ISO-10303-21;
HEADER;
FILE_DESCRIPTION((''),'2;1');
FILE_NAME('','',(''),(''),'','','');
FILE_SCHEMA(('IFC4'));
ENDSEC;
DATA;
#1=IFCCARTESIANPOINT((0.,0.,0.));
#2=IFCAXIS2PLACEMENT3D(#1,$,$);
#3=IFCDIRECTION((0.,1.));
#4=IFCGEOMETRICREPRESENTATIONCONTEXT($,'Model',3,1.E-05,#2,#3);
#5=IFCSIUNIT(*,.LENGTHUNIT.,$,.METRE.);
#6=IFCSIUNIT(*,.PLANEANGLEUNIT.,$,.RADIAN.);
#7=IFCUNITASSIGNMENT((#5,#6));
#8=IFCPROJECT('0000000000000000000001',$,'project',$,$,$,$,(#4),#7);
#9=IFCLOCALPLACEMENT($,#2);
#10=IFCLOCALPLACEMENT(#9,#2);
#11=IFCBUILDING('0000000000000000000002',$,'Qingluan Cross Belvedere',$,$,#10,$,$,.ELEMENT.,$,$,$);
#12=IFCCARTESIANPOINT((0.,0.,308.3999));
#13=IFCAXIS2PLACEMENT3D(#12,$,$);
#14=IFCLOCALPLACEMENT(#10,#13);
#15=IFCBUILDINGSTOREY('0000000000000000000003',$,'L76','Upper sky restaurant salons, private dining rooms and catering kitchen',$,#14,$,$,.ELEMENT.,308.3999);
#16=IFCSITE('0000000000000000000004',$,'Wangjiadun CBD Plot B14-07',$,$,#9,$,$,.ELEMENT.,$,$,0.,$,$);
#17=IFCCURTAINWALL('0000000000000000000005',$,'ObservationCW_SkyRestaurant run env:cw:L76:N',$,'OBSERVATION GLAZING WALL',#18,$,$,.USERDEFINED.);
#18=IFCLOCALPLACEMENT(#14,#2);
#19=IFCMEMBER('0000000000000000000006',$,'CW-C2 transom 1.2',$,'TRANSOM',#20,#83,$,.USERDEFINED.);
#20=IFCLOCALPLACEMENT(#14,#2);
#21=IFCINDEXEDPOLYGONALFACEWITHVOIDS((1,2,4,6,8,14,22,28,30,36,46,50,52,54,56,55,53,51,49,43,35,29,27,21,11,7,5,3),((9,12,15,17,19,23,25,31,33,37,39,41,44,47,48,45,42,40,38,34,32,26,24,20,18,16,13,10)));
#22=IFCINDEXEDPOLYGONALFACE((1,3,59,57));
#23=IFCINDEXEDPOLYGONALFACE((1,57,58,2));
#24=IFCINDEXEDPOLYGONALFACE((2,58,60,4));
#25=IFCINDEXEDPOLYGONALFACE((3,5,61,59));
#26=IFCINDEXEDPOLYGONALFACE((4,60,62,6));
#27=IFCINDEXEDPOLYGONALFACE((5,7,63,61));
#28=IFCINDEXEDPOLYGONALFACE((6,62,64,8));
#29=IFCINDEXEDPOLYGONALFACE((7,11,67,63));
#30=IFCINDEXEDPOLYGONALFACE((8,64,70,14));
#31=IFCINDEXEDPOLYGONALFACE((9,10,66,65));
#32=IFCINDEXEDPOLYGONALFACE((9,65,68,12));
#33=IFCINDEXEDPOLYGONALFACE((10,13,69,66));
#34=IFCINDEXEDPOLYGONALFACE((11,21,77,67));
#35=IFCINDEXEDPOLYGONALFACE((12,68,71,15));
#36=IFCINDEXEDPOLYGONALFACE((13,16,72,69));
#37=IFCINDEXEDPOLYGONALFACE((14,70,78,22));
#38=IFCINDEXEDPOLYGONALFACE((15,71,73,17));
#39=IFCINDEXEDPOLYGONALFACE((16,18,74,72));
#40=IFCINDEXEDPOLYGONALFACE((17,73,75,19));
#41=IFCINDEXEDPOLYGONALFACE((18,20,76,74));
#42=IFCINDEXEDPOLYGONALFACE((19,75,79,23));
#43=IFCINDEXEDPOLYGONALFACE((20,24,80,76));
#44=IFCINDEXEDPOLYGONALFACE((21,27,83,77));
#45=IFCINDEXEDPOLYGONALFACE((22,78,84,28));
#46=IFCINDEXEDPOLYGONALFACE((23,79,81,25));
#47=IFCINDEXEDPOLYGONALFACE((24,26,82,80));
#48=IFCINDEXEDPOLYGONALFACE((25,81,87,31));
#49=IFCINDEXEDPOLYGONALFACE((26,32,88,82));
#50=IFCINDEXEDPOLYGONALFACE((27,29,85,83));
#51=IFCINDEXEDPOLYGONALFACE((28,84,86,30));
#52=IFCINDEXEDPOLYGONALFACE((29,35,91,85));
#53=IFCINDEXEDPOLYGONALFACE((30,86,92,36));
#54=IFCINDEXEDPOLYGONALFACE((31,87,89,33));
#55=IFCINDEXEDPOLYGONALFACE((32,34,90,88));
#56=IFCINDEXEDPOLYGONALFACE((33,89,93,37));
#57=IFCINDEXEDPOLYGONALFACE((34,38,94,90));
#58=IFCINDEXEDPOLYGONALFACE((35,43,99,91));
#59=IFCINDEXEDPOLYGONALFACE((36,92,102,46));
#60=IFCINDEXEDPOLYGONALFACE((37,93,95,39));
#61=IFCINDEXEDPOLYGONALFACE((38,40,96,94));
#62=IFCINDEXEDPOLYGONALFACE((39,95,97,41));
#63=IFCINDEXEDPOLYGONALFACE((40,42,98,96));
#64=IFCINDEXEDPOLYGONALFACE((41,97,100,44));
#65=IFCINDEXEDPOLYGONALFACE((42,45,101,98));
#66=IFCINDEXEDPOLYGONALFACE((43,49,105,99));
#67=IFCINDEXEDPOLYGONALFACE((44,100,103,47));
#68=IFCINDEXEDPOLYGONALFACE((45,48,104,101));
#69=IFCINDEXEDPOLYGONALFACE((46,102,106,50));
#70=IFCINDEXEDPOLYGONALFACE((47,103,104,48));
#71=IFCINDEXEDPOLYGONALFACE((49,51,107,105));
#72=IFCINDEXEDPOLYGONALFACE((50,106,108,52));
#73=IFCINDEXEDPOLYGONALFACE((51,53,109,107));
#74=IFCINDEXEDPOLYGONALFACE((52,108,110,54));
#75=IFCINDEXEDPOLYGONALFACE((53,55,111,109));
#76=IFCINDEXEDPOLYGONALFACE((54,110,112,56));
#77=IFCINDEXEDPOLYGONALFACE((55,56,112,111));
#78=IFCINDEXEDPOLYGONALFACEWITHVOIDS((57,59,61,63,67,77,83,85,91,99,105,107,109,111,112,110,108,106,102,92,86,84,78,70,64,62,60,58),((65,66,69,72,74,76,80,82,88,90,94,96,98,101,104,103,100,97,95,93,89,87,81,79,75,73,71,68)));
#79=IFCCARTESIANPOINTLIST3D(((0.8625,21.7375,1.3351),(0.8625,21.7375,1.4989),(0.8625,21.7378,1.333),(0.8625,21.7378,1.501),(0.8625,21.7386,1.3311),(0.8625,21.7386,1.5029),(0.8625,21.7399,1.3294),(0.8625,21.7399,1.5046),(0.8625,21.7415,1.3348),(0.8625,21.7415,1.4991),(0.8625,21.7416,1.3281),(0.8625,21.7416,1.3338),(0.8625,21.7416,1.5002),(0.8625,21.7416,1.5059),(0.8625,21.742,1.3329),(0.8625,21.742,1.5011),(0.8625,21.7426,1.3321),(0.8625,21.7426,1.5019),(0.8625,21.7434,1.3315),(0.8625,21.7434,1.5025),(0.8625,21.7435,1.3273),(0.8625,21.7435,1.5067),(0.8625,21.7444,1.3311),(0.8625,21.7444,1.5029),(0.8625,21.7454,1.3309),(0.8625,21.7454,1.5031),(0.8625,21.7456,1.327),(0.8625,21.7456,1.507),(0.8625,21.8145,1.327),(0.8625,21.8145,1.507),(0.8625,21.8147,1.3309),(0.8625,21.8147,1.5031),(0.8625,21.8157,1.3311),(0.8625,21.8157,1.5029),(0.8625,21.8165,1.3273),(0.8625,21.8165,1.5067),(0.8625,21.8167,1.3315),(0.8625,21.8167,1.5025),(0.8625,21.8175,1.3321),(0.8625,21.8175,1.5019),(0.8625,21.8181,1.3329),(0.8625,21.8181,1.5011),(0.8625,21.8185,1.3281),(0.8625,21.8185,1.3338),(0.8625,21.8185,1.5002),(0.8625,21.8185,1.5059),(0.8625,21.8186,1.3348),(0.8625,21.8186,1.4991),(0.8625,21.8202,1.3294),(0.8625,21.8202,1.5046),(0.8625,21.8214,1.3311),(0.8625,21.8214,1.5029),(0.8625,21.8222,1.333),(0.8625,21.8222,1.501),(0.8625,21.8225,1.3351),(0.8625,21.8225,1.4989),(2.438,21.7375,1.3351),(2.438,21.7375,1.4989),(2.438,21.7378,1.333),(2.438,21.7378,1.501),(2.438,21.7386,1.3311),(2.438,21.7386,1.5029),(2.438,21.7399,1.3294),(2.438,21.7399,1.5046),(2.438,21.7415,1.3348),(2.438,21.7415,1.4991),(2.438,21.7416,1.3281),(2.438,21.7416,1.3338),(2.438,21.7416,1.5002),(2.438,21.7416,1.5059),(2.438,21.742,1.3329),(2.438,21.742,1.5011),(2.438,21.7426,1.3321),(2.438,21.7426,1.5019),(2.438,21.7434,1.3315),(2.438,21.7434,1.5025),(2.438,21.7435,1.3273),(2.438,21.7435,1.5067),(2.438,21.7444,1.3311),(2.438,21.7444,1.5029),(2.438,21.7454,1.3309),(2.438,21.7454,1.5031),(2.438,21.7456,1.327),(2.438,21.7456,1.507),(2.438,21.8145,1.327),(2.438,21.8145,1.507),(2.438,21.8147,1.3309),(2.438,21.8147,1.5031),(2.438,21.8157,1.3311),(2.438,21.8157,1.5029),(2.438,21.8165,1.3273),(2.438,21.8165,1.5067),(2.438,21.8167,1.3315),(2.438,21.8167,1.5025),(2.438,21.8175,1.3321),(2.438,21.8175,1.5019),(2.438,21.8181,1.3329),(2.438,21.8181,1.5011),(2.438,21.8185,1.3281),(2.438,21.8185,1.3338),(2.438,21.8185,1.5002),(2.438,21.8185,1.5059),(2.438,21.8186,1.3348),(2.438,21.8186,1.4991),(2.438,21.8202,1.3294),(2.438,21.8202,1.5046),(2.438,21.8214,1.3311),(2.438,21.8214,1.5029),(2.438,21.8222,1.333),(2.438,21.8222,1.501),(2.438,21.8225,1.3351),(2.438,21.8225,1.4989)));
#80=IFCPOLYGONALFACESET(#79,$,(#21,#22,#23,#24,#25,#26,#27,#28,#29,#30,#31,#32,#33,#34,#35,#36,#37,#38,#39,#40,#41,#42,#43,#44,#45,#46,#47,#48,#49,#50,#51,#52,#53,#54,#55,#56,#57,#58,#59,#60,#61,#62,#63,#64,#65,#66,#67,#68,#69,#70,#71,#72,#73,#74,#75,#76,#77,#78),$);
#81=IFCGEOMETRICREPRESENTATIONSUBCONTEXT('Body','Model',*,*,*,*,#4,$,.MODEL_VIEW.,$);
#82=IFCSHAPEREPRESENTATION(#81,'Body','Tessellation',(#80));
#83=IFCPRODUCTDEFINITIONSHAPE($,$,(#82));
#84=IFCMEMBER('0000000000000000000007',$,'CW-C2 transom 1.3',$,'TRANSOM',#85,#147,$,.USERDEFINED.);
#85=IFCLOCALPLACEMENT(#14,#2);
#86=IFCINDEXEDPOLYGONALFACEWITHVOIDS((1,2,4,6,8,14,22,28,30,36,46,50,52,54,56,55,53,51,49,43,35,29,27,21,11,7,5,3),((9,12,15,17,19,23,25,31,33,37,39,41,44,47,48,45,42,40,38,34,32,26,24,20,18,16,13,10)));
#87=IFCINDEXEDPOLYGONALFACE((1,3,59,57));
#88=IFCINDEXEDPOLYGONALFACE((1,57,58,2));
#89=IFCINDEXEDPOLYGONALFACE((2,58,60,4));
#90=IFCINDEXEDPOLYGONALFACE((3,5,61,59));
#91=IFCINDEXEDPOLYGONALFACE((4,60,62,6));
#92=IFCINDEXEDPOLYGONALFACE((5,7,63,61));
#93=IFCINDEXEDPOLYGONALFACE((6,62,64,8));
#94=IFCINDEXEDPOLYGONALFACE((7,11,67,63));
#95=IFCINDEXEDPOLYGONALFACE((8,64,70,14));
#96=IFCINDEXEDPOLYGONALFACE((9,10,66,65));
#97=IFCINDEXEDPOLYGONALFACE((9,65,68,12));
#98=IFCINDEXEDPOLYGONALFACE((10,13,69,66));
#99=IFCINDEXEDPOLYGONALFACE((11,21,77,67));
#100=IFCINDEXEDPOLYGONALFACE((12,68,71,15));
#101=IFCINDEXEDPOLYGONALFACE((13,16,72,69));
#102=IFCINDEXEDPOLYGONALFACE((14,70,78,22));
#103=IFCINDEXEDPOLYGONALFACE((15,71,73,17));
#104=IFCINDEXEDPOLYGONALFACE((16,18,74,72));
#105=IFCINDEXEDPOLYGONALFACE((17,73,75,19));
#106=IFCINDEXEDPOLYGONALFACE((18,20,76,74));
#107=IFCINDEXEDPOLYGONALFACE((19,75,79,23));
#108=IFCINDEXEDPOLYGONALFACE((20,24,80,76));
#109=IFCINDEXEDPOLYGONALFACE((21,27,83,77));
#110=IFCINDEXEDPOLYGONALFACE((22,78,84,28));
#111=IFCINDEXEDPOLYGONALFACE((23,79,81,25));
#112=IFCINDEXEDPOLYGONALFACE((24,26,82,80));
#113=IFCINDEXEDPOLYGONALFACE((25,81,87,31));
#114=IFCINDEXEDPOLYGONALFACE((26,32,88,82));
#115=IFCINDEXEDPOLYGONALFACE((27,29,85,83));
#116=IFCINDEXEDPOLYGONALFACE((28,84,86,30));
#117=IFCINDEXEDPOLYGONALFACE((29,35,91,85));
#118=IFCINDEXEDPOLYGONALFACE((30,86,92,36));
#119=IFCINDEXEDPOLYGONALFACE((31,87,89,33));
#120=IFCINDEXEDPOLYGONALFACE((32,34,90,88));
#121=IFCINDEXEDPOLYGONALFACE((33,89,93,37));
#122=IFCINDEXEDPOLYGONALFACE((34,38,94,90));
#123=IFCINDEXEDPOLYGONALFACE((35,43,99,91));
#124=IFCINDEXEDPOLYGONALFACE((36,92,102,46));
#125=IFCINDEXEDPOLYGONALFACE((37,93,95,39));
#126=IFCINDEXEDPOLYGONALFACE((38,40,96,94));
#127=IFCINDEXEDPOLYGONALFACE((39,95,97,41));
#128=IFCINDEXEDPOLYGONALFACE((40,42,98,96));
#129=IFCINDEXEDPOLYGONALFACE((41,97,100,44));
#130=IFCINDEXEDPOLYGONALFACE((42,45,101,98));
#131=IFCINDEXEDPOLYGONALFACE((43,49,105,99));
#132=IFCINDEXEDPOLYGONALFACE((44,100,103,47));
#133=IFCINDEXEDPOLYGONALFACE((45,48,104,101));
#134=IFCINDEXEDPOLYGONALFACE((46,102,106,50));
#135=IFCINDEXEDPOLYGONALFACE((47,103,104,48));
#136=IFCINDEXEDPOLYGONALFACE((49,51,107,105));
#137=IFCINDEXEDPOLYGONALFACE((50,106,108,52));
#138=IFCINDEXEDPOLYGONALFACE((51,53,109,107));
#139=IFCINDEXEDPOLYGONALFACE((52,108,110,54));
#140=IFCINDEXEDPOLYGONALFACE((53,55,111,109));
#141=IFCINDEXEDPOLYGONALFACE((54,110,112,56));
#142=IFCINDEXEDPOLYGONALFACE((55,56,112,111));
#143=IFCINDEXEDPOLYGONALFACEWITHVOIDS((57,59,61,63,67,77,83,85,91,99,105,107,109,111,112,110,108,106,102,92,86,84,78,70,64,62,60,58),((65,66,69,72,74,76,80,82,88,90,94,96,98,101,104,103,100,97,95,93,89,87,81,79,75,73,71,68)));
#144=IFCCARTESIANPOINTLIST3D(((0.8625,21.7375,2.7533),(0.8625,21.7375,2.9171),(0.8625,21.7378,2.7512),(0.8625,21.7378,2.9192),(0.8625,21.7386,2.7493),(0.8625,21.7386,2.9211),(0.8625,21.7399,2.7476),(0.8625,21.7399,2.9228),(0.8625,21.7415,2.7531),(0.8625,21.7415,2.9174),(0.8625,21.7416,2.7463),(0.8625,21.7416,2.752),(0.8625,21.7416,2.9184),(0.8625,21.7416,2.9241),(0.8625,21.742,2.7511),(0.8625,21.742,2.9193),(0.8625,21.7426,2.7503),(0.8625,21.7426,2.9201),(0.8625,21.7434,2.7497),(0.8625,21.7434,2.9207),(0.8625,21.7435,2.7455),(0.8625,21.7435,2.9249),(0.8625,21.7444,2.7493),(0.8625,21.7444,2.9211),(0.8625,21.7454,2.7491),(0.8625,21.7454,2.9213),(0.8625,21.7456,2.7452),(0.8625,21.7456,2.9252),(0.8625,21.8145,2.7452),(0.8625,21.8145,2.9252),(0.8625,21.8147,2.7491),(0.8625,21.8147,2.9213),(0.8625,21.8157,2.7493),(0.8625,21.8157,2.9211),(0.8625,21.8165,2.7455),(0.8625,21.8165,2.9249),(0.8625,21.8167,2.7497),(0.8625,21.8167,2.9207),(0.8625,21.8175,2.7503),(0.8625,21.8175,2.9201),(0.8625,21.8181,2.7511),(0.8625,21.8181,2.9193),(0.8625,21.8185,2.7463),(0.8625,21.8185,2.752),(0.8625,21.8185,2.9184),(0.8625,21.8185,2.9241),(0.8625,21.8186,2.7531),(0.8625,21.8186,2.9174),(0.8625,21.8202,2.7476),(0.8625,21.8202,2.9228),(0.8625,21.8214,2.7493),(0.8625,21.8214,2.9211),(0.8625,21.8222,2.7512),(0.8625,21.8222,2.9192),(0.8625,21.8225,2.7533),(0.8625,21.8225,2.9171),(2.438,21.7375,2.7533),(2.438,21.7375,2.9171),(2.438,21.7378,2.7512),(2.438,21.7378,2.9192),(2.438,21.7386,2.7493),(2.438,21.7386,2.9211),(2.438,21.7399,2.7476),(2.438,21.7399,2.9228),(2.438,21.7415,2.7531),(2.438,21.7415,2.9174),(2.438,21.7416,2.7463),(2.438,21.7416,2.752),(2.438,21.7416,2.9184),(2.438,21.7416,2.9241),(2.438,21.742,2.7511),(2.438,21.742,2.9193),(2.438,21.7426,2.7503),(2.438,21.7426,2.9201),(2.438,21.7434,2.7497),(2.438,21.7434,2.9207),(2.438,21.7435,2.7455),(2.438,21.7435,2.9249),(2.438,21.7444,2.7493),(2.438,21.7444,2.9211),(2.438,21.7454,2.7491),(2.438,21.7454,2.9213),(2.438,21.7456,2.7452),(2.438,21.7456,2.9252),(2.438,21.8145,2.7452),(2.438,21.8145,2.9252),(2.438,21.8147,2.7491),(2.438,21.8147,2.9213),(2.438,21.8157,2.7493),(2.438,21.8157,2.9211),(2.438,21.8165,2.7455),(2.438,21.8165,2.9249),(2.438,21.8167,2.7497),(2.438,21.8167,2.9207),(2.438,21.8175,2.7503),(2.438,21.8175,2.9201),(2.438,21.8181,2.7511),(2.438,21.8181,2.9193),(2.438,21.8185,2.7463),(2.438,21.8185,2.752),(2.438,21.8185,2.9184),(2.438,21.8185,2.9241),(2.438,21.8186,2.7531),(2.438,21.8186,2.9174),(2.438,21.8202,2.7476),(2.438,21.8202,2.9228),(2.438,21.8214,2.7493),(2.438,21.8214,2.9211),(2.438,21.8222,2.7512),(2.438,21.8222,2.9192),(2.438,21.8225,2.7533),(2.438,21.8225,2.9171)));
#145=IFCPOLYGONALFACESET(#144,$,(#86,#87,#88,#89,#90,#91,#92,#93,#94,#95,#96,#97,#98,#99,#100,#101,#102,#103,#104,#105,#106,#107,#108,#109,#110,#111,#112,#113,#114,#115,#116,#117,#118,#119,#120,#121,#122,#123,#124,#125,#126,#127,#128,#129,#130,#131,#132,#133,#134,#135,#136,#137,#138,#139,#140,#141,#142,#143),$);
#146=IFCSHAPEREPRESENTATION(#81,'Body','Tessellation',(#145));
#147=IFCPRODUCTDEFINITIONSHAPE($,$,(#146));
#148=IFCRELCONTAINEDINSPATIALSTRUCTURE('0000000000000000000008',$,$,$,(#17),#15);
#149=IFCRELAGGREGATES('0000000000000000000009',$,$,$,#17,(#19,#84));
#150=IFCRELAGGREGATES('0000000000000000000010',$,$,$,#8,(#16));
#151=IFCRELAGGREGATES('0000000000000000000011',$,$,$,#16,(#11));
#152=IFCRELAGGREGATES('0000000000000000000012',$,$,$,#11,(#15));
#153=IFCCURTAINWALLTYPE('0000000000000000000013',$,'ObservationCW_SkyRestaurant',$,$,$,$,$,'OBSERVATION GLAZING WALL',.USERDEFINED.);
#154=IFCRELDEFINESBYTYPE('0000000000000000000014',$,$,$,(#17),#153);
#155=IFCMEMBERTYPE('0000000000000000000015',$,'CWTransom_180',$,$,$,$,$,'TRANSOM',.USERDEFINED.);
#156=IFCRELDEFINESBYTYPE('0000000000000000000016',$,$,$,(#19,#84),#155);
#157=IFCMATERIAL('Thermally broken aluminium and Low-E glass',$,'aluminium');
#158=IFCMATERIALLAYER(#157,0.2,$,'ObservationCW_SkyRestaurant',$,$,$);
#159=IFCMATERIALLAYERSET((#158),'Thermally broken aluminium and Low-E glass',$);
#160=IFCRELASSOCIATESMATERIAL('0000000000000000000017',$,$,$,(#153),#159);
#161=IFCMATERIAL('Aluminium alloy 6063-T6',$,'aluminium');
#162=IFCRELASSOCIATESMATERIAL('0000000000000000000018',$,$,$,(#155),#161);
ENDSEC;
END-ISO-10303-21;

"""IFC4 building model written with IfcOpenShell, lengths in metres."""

from ifc_helpers import new_model, si_unit, direction, frame, origin, origin_2d, place, context, subcontext, project, spatial, hollow_rectangle, extrude, material, layer, layer_set, material_profile, profile_set, type_object, element, aggregate, save


model = new_model("IFC4")

# Units and contexts
model_context = context("Model", 3, precision=1e-05, world=origin(), true_north=direction((0.0, 1.0)))
body_context = subcontext(model_context, "Body", "Model", "MODEL_VIEW")
ifc_project = project(units=[si_unit("LENGTHUNIT", "METRE"), si_unit("PLANEANGLEUNIT", "RADIAN")], contexts=[model_context])

# Site, building, storey
site_placement = place(None, origin())
site = spatial("IfcSite", under=ifc_project, at=site_placement, Name="Wangjiadun CBD Plot B14-07", CompositionType="ELEMENT", RefElevation=0.0)
building_placement = place(site_placement, origin())
building = spatial("IfcBuilding", under=site, at=building_placement, Name="Qingluan Cross Belvedere", CompositionType="ELEMENT")
storey_placement = place(building_placement, frame((0.0, 0.0, 308.3999)))
storey = spatial("IfcBuildingStorey", under=building, at=storey_placement, Name="L76", Description="Upper sky restaurant salons, private dining rooms and catering kitchen", CompositionType="ELEMENT", Elevation=308.3999)

# Curtain wall, members
ifc_material_1 = material(Name="Thermally broken aluminium and Low-E glass", Category="aluminium")
ifc_layer_1 = layer(ifc_material_1, 0.2, Name="ObservationCW_SkyRestaurant")
ifc_layer_set_1 = layer_set([ifc_layer_1], Name="Thermally broken aluminium and Low-E glass")
curtain_wall_type = type_object("IfcCurtainWallType", Name="ObservationCW_SkyRestaurant", ElementType="OBSERVATION GLAZING WALL", PredefinedType="USERDEFINED", material=ifc_layer_set_1)
curtain_wall_placement = place(storey_placement, origin())
curtain_wall = element("IfcCurtainWall", 1, at=curtain_wall_placement, inside=storey, type_object=curtain_wall_type, Name="ObservationCW_SkyRestaurant run env:cw:L76:N", ObjectType="OBSERVATION GLAZING WALL", PredefinedType="USERDEFINED")
ifc_material_2 = material(Name="Aluminium alloy 6063-T6", Category="aluminium")
ifc_material_profile_1 = material_profile(ifc_material_2, hollow_rectangle(XDim=0.085, YDim=0.1799, WallThickness=0.0039, InnerFilletRadius=0.0039, OuterFilletRadius=0.0081, at=origin_2d()), Name="CWT180x85x4")
ifc_profile_set_1 = profile_set([ifc_material_profile_1], Name="Aluminium alloy 6063-T6")
member_type_1 = type_object("IfcMemberType", Name="CWTransom_180", ElementType="TRANSOM", PredefinedType="USERDEFINED", material=ifc_profile_set_1)
member_1_placement = place(storey_placement, frame((2.438, 21.78, 1.417), z_axis=(-1.0, 0.0, 0.0), x_axis=(0.0, -1.0, 0.0)))
member_1 = element("IfcMember", 2, at=member_1_placement, type_object=member_type_1, Name="CW-C2 transom 1.2", ObjectType="TRANSOM", PredefinedType="USERDEFINED", context=body_context, shape_type="SweptSolid", body=[
    extrude(hollow_rectangle(XDim=0.085, YDim=0.1799, WallThickness=0.0039, InnerFilletRadius=0.0039, OuterFilletRadius=0.0081, at=origin_2d()), origin(), (0.0, 0.0, 1.0), 1.5754),
])
member_2_placement = place(storey_placement, frame((2.438, 21.78, 2.8352), z_axis=(-1.0, 0.0, 0.0), x_axis=(0.0, -1.0, 0.0)))
member_2 = element("IfcMember", 3, at=member_2_placement, type_object=member_type_1, Name="CW-C2 transom 1.3", ObjectType="TRANSOM", PredefinedType="USERDEFINED", context=body_context, shape_type="SweptSolid", body=[
    extrude(hollow_rectangle(XDim=0.085, YDim=0.1799, WallThickness=0.0039, InnerFilletRadius=0.0039, OuterFilletRadius=0.0081, at=origin_2d()), origin(), (0.0, 0.0, 1.0), 1.5754),
])

aggregate(curtain_wall, [member_1, member_2])

save(model, "model.ifc")
